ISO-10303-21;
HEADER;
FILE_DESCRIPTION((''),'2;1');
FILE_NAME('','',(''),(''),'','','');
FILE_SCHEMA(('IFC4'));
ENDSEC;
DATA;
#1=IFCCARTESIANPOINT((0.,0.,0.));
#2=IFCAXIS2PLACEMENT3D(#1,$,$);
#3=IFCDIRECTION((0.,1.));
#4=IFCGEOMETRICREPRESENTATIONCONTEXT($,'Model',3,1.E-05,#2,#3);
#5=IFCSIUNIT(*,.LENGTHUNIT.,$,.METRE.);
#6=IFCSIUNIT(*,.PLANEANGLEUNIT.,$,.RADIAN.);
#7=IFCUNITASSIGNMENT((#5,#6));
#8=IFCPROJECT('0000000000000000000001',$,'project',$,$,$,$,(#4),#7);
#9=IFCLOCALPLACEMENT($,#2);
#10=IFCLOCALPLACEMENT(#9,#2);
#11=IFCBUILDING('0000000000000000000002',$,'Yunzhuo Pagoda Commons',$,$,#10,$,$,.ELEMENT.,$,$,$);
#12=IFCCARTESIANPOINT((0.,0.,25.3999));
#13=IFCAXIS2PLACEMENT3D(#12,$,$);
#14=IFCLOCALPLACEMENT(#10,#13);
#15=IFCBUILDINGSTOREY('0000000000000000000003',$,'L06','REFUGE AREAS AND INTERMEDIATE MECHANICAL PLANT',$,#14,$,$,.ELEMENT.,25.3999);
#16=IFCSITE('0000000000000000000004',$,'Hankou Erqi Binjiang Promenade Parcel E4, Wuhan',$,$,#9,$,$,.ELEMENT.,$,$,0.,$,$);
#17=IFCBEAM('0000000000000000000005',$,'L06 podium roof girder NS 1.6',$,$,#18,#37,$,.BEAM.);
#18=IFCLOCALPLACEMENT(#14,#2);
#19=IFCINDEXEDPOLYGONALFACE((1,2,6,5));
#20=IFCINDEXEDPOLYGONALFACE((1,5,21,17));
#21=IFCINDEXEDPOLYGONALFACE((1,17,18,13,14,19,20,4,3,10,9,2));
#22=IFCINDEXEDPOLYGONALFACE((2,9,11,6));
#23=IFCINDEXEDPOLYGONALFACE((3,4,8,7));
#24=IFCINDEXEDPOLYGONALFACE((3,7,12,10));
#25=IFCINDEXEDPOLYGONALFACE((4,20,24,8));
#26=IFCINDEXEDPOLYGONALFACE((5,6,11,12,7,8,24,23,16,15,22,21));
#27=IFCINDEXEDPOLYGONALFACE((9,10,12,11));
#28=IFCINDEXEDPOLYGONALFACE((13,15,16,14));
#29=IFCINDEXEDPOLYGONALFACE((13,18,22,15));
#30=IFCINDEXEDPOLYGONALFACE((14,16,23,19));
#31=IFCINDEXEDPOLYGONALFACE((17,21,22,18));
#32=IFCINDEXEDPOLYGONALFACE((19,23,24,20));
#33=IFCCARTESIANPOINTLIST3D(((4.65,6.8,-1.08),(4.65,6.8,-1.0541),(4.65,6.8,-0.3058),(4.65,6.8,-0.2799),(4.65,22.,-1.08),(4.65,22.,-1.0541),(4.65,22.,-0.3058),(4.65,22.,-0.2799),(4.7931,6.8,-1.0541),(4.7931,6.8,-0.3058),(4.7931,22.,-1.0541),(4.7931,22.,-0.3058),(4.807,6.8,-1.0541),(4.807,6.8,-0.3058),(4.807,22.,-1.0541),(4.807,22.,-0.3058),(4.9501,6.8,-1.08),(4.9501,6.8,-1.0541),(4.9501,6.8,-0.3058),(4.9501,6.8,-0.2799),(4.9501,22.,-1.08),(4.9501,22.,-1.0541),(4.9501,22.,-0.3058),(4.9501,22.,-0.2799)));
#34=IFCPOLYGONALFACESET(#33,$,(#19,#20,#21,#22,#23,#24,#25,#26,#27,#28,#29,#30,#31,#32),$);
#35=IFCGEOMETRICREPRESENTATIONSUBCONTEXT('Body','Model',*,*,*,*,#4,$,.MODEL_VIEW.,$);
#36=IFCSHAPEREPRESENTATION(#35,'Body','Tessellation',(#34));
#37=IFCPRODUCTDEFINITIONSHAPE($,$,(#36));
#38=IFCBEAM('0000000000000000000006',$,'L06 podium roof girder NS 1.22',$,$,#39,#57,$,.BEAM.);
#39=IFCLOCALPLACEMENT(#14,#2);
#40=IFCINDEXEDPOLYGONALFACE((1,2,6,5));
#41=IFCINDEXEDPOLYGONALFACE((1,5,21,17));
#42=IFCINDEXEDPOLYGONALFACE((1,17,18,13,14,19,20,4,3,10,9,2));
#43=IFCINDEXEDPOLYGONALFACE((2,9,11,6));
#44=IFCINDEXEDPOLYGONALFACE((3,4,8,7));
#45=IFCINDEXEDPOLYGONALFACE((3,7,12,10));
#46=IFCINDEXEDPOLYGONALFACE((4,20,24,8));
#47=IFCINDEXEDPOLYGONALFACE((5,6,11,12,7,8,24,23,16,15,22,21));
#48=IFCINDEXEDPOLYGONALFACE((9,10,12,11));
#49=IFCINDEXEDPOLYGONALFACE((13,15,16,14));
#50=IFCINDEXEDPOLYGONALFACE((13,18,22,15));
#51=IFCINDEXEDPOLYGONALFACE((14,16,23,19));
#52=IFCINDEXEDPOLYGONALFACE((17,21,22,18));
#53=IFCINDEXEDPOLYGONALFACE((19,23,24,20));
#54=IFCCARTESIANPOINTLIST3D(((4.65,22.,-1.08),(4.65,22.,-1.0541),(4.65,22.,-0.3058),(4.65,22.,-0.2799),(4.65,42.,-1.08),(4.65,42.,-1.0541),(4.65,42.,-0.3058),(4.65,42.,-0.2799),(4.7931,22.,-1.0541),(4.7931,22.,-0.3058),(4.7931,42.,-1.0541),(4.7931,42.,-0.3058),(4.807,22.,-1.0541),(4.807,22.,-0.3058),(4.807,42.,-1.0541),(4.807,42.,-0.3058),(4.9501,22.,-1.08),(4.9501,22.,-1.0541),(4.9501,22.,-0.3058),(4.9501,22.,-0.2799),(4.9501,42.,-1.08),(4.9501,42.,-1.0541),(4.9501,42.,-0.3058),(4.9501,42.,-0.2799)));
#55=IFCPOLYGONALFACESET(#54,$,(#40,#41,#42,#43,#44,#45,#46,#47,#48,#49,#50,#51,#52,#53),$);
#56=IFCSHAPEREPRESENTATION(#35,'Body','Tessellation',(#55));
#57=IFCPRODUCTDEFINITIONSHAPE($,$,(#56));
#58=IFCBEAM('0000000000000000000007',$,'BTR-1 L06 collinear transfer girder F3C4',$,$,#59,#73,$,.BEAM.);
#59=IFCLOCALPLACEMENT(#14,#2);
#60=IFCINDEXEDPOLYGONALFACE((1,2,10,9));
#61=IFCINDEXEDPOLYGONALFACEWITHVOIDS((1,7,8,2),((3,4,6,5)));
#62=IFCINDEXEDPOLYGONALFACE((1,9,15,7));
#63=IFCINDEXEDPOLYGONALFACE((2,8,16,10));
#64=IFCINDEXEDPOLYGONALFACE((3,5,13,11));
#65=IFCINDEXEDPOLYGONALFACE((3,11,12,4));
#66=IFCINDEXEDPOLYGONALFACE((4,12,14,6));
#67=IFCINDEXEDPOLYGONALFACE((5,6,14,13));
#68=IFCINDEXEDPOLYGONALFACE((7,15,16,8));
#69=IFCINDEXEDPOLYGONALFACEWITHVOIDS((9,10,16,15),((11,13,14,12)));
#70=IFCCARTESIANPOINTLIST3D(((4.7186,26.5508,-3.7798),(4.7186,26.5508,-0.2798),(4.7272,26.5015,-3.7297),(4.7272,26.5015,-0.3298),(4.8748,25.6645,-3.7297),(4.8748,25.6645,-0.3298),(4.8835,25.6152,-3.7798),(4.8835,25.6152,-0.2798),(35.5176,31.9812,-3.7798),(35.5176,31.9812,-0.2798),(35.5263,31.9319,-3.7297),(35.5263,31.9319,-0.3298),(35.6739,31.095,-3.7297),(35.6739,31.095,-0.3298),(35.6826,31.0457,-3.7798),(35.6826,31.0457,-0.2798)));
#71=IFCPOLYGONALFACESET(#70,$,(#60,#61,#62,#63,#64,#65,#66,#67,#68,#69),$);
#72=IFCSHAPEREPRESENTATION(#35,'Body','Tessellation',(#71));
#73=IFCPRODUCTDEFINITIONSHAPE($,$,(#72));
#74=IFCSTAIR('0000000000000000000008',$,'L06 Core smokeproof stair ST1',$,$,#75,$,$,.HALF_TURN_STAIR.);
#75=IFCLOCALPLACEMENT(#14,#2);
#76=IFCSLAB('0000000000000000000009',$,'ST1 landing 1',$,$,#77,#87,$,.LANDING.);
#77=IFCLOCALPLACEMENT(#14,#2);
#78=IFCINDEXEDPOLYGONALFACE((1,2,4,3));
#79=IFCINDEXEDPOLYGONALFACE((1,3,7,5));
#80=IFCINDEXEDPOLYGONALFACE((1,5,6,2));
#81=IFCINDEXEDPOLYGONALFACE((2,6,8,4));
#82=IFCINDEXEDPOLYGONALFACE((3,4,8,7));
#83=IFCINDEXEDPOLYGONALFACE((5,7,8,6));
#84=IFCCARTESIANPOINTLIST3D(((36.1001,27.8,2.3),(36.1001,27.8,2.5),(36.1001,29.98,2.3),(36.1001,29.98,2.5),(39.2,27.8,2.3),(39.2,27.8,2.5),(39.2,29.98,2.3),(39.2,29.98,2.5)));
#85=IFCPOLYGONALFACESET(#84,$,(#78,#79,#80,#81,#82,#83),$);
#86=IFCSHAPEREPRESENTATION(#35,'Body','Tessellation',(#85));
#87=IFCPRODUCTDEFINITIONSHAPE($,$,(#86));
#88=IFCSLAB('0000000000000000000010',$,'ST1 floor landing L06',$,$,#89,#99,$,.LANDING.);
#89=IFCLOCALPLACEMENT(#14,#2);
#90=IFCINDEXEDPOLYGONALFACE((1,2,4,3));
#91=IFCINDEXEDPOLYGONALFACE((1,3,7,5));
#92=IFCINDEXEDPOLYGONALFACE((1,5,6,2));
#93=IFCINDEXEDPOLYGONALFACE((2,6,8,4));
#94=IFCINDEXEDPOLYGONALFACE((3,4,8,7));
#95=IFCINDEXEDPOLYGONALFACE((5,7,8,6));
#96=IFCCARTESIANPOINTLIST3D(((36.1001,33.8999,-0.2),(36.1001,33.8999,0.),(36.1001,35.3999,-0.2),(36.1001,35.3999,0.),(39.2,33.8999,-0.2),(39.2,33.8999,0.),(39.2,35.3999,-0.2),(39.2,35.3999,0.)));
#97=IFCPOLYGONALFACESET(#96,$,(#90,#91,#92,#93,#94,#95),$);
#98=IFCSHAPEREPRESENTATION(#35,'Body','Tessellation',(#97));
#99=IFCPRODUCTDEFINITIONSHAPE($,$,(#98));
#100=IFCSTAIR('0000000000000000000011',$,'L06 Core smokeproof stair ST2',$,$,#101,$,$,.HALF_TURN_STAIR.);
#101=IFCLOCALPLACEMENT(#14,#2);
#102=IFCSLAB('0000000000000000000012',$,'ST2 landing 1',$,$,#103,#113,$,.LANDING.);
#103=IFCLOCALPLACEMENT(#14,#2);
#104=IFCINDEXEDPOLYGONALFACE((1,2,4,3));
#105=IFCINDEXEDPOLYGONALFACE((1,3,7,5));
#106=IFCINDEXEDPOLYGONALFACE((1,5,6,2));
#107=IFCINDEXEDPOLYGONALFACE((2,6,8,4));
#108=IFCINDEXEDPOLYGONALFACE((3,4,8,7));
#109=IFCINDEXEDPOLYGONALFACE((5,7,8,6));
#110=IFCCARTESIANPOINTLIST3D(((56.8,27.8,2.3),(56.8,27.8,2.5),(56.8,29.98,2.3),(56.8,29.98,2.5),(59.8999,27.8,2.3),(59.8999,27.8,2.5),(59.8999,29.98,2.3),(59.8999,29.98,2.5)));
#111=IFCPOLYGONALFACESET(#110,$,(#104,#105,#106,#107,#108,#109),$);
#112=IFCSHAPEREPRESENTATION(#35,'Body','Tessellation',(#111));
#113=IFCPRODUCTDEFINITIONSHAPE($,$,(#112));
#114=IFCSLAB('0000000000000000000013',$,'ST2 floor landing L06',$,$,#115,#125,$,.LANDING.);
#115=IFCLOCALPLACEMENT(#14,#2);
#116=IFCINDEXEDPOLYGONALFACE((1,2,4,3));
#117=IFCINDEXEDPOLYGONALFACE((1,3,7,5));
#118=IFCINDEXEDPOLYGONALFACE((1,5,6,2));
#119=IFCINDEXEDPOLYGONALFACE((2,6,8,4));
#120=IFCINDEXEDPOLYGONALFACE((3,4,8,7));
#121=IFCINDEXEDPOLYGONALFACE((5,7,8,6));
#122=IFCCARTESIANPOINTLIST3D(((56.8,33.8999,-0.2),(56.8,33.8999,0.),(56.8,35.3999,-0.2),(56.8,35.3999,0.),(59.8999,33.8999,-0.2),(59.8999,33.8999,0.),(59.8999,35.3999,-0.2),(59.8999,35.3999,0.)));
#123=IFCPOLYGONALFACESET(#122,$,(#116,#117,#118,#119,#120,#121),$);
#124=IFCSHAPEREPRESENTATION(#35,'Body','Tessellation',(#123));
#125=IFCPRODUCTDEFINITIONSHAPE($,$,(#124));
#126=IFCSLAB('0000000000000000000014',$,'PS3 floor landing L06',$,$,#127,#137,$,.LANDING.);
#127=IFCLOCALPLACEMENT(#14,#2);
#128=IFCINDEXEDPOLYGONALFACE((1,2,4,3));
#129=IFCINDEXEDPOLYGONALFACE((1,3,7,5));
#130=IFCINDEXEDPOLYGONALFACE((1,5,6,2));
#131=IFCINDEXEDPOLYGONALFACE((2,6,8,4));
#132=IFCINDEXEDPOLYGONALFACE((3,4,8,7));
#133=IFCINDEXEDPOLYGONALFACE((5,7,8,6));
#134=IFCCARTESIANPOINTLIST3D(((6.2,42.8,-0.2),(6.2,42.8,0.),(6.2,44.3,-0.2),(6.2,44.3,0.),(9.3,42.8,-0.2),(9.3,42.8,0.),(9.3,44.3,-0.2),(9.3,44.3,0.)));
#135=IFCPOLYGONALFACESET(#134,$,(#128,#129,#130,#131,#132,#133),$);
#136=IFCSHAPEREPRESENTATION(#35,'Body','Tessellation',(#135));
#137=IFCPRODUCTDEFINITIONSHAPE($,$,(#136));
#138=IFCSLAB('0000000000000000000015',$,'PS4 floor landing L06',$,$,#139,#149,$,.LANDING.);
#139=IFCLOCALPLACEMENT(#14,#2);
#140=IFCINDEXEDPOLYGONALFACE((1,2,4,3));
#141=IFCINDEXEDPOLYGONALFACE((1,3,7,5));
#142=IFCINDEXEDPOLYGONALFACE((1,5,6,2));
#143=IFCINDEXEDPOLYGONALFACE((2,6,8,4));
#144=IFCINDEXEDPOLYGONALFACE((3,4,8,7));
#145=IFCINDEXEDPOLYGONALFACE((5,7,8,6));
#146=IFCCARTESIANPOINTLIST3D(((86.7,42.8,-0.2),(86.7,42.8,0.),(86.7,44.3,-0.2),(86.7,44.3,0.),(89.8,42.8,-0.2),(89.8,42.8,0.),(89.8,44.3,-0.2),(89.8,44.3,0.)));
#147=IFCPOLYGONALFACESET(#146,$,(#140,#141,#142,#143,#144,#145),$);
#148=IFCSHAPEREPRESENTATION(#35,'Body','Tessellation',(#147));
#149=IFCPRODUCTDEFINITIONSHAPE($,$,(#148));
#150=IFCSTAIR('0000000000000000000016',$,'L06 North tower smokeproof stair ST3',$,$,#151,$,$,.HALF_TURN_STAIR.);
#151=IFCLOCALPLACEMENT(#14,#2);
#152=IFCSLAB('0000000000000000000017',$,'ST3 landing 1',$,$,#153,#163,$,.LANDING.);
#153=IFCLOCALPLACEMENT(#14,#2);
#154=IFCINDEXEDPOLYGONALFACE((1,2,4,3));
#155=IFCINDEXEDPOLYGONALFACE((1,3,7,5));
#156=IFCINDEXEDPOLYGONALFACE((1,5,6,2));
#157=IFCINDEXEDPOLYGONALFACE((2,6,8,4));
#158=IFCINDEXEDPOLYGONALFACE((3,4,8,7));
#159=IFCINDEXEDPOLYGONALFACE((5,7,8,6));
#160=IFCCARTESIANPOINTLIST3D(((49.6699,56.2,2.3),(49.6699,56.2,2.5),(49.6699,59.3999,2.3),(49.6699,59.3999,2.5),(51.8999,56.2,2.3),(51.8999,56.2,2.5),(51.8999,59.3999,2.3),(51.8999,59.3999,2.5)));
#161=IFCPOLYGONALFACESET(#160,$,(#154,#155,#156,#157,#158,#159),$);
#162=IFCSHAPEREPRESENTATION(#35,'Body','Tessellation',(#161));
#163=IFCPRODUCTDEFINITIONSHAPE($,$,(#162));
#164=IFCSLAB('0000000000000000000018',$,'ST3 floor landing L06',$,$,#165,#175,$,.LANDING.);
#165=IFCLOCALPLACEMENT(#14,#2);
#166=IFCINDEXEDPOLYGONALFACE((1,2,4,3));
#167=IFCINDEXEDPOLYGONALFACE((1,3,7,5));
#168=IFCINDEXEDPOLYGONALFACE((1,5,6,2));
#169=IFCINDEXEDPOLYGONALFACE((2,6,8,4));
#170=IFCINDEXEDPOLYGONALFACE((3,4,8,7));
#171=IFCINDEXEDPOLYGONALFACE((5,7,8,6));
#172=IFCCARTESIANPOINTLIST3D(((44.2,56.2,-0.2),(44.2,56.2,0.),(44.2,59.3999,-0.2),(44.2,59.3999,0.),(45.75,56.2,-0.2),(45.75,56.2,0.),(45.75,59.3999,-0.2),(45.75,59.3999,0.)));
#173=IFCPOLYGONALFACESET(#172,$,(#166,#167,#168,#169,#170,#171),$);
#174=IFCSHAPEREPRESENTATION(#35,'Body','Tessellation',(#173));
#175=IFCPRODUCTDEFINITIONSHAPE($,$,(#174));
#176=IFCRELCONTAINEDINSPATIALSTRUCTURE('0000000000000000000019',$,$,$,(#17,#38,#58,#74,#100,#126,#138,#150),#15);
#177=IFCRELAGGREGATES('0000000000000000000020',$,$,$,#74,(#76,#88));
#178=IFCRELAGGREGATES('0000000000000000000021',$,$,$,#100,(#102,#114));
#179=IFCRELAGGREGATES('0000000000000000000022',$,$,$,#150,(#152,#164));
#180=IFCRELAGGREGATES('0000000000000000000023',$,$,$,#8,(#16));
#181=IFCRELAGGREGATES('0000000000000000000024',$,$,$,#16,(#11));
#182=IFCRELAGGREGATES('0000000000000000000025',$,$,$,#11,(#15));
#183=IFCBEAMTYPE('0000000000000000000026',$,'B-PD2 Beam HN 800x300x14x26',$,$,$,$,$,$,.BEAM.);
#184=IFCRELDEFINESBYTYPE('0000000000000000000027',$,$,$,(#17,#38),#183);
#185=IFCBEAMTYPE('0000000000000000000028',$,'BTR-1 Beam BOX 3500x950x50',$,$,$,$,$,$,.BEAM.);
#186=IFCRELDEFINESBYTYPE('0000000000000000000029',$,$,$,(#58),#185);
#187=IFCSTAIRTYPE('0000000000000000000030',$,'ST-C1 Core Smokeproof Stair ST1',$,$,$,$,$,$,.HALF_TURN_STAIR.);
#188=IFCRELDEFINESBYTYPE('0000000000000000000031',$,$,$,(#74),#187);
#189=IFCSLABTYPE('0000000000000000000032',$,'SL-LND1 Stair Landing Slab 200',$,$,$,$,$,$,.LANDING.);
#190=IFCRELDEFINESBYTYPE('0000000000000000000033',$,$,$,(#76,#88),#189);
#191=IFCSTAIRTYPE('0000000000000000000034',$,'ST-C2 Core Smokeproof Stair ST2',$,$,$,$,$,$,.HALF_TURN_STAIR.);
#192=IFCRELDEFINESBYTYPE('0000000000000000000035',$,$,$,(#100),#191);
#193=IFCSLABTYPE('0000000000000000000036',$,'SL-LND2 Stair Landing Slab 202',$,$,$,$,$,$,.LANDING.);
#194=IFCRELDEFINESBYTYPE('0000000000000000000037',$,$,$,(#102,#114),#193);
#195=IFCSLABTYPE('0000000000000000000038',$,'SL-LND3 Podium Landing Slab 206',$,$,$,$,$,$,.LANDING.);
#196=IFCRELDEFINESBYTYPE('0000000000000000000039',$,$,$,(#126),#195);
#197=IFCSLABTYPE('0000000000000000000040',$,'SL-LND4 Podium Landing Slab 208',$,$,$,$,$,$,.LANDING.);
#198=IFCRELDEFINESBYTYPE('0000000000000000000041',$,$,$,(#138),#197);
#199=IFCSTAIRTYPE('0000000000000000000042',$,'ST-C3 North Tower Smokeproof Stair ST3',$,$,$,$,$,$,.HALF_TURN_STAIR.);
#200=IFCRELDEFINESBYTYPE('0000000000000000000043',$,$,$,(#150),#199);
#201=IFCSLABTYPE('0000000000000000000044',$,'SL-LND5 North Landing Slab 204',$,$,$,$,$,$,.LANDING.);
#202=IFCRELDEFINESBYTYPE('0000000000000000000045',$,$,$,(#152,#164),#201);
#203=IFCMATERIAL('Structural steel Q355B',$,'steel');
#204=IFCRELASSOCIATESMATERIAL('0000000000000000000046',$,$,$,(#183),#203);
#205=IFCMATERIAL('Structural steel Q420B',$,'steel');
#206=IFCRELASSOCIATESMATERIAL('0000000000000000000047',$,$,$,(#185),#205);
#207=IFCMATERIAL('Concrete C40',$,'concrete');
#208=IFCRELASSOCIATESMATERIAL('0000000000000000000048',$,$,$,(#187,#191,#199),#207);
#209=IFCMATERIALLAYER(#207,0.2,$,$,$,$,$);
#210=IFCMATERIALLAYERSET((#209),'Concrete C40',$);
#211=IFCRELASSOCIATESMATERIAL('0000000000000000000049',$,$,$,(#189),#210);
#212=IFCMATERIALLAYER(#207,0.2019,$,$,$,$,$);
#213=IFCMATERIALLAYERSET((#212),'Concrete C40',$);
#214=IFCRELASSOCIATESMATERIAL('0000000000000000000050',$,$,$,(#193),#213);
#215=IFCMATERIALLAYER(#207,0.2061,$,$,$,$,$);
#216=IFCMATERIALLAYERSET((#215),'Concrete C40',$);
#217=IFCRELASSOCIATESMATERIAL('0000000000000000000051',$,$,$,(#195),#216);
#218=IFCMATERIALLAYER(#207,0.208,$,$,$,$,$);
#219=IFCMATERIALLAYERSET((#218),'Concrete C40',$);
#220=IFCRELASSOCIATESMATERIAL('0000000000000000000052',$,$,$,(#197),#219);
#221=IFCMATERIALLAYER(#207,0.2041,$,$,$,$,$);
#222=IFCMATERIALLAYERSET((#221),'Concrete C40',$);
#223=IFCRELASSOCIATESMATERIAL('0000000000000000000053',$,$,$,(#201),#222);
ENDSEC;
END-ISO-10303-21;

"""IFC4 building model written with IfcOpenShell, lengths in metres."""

from ifc_helpers import new_model, si_unit, direction, frame, origin, origin_2d, place, context, subcontext, project, spatial, polyline, hollow_rectangle, i_section, outline, extrude, source, transform, mapped, material, layer, layer_set, material_profile, profile_set, type_object, element, aggregate, save


model = new_model("IFC4")

# Units and contexts
model_context = context("Model", 3, precision=1e-05, world=origin(), true_north=direction((0.0, 1.0)))
body_context = subcontext(model_context, "Body", "Model", "MODEL_VIEW")
ifc_project = project(units=[si_unit("LENGTHUNIT", "METRE"), si_unit("PLANEANGLEUNIT", "RADIAN")], contexts=[model_context])

# Site, building, storey
site_placement = place(None, origin())
site = spatial("IfcSite", under=ifc_project, at=site_placement, Name="Hankou Erqi Binjiang Promenade Parcel E4, Wuhan", CompositionType="ELEMENT", RefElevation=0.0)
building_placement = place(site_placement, origin())
building = spatial("IfcBuilding", under=site, at=building_placement, Name="Yunzhuo Pagoda Commons", CompositionType="ELEMENT")
storey_placement = place(building_placement, frame((0.0, 0.0, 25.3999)))
storey = spatial("IfcBuildingStorey", under=building, at=storey_placement, Name="L06", Description="REFUGE AREAS AND INTERMEDIATE MECHANICAL PLANT", CompositionType="ELEMENT", Elevation=25.3999)

# Beams
ifc_material_1 = material(Name="Structural steel Q355B", Category="steel")
ifc_material_profile_1 = material_profile(ifc_material_1, i_section(OverallWidth=0.3, OverallDepth=0.8, WebThickness=0.0139, FlangeThickness=0.0259, at=origin_2d()), Name="Structural steel Q355B")
ifc_profile_set_1 = profile_set([ifc_material_profile_1], Name="Structural steel Q355B")
beam_type_1 = type_object("IfcBeamType", Name="B-PD2 Beam HN 800x300x14x26", PredefinedType="BEAM", material=ifc_profile_set_1)
shared_shape_1 = source(origin(), body_context, "Body", "SweptSolid", [
    extrude(i_section(OverallWidth=0.3, OverallDepth=0.8, WebThickness=0.0139, FlangeThickness=0.0259, at=origin_2d()), origin(), (0.0, 0.0, 1.0), 15.2),
])
beam_1_placement = place(storey_placement, frame((4.8, 6.8, -0.6799), z_axis=(0.0, 1.0, 0.0), x_axis=(-1.0, 0.0, 0.0)))
element("IfcBeam", 1, at=beam_1_placement, inside=storey, type_object=beam_type_1, Name="L06 podium roof girder NS 1.6", PredefinedType="BEAM", context=body_context, shape_type="MappedRepresentation", body=[
    mapped(shared_shape_1, transform((0.0, 0.0, 0.0), scale=1.0)),
])
shared_shape_2 = source(origin(), body_context, "Body", "SweptSolid", [
    extrude(i_section(OverallWidth=0.3, OverallDepth=0.8, WebThickness=0.0139, FlangeThickness=0.0259, at=origin_2d()), origin(), (0.0, 0.0, 1.0), 20.0),
])
beam_2_placement = place(storey_placement, frame((4.8, 22.0, -0.6799), z_axis=(0.0, 1.0, 0.0), x_axis=(-1.0, 0.0, 0.0)))
element("IfcBeam", 2, at=beam_2_placement, inside=storey, type_object=beam_type_1, Name="L06 podium roof girder NS 1.22", PredefinedType="BEAM", context=body_context, shape_type="MappedRepresentation", body=[
    mapped(shared_shape_2, transform((0.0, 0.0, 0.0), scale=1.0)),
])
ifc_material_2 = material(Name="Structural steel Q420B", Category="steel")
ifc_material_profile_2 = material_profile(ifc_material_2, hollow_rectangle(XDim=0.95, YDim=3.5, WallThickness=0.05, at=origin_2d()), Name="Structural steel Q420B")
ifc_profile_set_2 = profile_set([ifc_material_profile_2], Name="Structural steel Q420B")
beam_type_2 = type_object("IfcBeamType", Name="BTR-1 Beam BOX 3500x950x50", PredefinedType="BEAM", material=ifc_profile_set_2)
shared_shape_3 = source(origin(), body_context, "Body", "SweptSolid", [
    extrude(hollow_rectangle(XDim=0.95, YDim=3.5, WallThickness=0.05, at=origin_2d()), origin(), (0.0, 0.0, 1.0), 31.2742),
])
beam_3_placement = place(storey_placement, frame((4.801, 26.083, -2.0298), z_axis=(0.984809, 0.173639, 0.0), x_axis=(-0.173639, 0.984809, 0.0)))
element("IfcBeam", 3, at=beam_3_placement, inside=storey, type_object=beam_type_2, Name="BTR-1 L06 collinear transfer girder F3C4", PredefinedType="BEAM", context=body_context, shape_type="MappedRepresentation", body=[
    mapped(shared_shape_3, transform((0.0, 0.0, 0.0), scale=1.0)),
])

# Stairs, slabs
ifc_material_3 = material(Name="Concrete C40", Category="concrete")
stair_type_1 = type_object("IfcStairType", Name="ST-C1 Core Smokeproof Stair ST1", PredefinedType="HALF_TURN_STAIR", material=ifc_material_3)
stair_1_placement = place(storey_placement, origin())
stair_1 = element("IfcStair", 4, at=stair_1_placement, inside=storey, type_object=stair_type_1, Name="L06 Core smokeproof stair ST1", PredefinedType="HALF_TURN_STAIR")
ifc_layer_1 = layer(ifc_material_3, 0.2)
ifc_layer_set_1 = layer_set([ifc_layer_1], Name="Concrete C40")
slab_type_1 = type_object("IfcSlabType", Name="SL-LND1 Stair Landing Slab 200", PredefinedType="LANDING", material=ifc_layer_set_1)
slab_1_placement = place(storey_placement, frame((0.0, 0.0, 2.3)))
slab_1 = element("IfcSlab", 5, at=slab_1_placement, type_object=slab_type_1, Name="ST1 landing 1", PredefinedType="LANDING", context=body_context, shape_type="SweptSolid", body=[
    extrude(outline(polyline([(36.1001, 29.98), (36.1001, 27.8), (39.2, 27.8), (39.2, 29.98), (36.1001, 29.98)])), origin(), (0.0, 0.0, 1.0), 0.2),
])
slab_2_placement = place(storey_placement, frame((0.0, 0.0, -0.2)))
slab_2 = element("IfcSlab", 6, at=slab_2_placement, type_object=slab_type_1, Name="ST1 floor landing L06", PredefinedType="LANDING", context=body_context, shape_type="SweptSolid", body=[
    extrude(outline(polyline([(36.1001, 35.3999), (36.1001, 33.8999), (39.2, 33.8999), (39.2, 35.3999), (36.1001, 35.3999)])), origin(), (0.0, 0.0, 1.0), 0.2),
])
aggregate(stair_1, [slab_1, slab_2])
stair_type_2 = type_object("IfcStairType", Name="ST-C2 Core Smokeproof Stair ST2", PredefinedType="HALF_TURN_STAIR", material=ifc_material_3)
stair_2_placement = place(storey_placement, origin())
stair_2 = element("IfcStair", 7, at=stair_2_placement, inside=storey, type_object=stair_type_2, Name="L06 Core smokeproof stair ST2", PredefinedType="HALF_TURN_STAIR")
ifc_layer_2 = layer(ifc_material_3, 0.2019)
ifc_layer_set_2 = layer_set([ifc_layer_2], Name="Concrete C40")
slab_type_2 = type_object("IfcSlabType", Name="SL-LND2 Stair Landing Slab 202", PredefinedType="LANDING", material=ifc_layer_set_2)
slab_3_placement = place(storey_placement, frame((0.0, 0.0, 2.3)))
slab_3 = element("IfcSlab", 8, at=slab_3_placement, type_object=slab_type_2, Name="ST2 landing 1", PredefinedType="LANDING", context=body_context, shape_type="SweptSolid", body=[
    extrude(outline(polyline([(56.8, 29.98), (56.8, 27.8), (59.8999, 27.8), (59.8999, 29.98), (56.8, 29.98)])), origin(), (0.0, 0.0, 1.0), 0.2),
])
slab_4_placement = place(storey_placement, frame((0.0, 0.0, -0.2)))
slab_4 = element("IfcSlab", 9, at=slab_4_placement, type_object=slab_type_2, Name="ST2 floor landing L06", PredefinedType="LANDING", context=body_context, shape_type="SweptSolid", body=[
    extrude(outline(polyline([(56.8, 35.3999), (56.8, 33.8999), (59.8999, 33.8999), (59.8999, 35.3999), (56.8, 35.3999)])), origin(), (0.0, 0.0, 1.0), 0.2),
])
aggregate(stair_2, [slab_3, slab_4])

# Slabs
ifc_layer_3 = layer(ifc_material_3, 0.2061)
ifc_layer_set_3 = layer_set([ifc_layer_3], Name="Concrete C40")
slab_type_3 = type_object("IfcSlabType", Name="SL-LND3 Podium Landing Slab 206", PredefinedType="LANDING", material=ifc_layer_set_3)
slab_5_placement = place(storey_placement, frame((0.0, 0.0, -0.2)))
element("IfcSlab", 10, at=slab_5_placement, inside=storey, type_object=slab_type_3, Name="PS3 floor landing L06", PredefinedType="LANDING", context=body_context, shape_type="SweptSolid", body=[
    extrude(outline(polyline([(9.3, 42.8), (9.3, 44.3), (6.2, 44.3), (6.2, 42.8), (9.3, 42.8)])), origin(), (0.0, 0.0, 1.0), 0.2),
])
ifc_layer_4 = layer(ifc_material_3, 0.208)
ifc_layer_set_4 = layer_set([ifc_layer_4], Name="Concrete C40")
slab_type_4 = type_object("IfcSlabType", Name="SL-LND4 Podium Landing Slab 208", PredefinedType="LANDING", material=ifc_layer_set_4)
slab_6_placement = place(storey_placement, frame((0.0, 0.0, -0.2)))
element("IfcSlab", 11, at=slab_6_placement, inside=storey, type_object=slab_type_4, Name="PS4 floor landing L06", PredefinedType="LANDING", context=body_context, shape_type="SweptSolid", body=[
    extrude(outline(polyline([(89.8, 42.8), (89.8, 44.3), (86.7, 44.3), (86.7, 42.8), (89.8, 42.8)])), origin(), (0.0, 0.0, 1.0), 0.2),
])

# Stair, slabs
stair_type_3 = type_object("IfcStairType", Name="ST-C3 North Tower Smokeproof Stair ST3", PredefinedType="HALF_TURN_STAIR", material=ifc_material_3)
stair_3_placement = place(storey_placement, origin())
stair_3 = element("IfcStair", 12, at=stair_3_placement, inside=storey, type_object=stair_type_3, Name="L06 North tower smokeproof stair ST3", PredefinedType="HALF_TURN_STAIR")
ifc_layer_5 = layer(ifc_material_3, 0.2041)
ifc_layer_set_5 = layer_set([ifc_layer_5], Name="Concrete C40")
slab_type_5 = type_object("IfcSlabType", Name="SL-LND5 North Landing Slab 204", PredefinedType="LANDING", material=ifc_layer_set_5)
slab_7_placement = place(storey_placement, frame((0.0, 0.0, 2.3)))
slab_7 = element("IfcSlab", 13, at=slab_7_placement, type_object=slab_type_5, Name="ST3 landing 1", PredefinedType="LANDING", context=body_context, shape_type="SweptSolid", body=[
    extrude(outline(polyline([(49.6699, 56.2), (51.8999, 56.2), (51.8999, 59.3999), (49.6699, 59.3999), (49.6699, 56.2)])), origin(), (0.0, 0.0, 1.0), 0.2),
])
slab_8_placement = place(storey_placement, frame((0.0, 0.0, -0.2)))
slab_8 = element("IfcSlab", 14, at=slab_8_placement, type_object=slab_type_5, Name="ST3 floor landing L06", PredefinedType="LANDING", context=body_context, shape_type="SweptSolid", body=[
    extrude(outline(polyline([(44.2, 56.2), (45.75, 56.2), (45.75, 59.3999), (44.2, 59.3999), (44.2, 56.2)])), origin(), (0.0, 0.0, 1.0), 0.2),
])
aggregate(stair_3, [slab_7, slab_8])

save(model, "model.ifc")
